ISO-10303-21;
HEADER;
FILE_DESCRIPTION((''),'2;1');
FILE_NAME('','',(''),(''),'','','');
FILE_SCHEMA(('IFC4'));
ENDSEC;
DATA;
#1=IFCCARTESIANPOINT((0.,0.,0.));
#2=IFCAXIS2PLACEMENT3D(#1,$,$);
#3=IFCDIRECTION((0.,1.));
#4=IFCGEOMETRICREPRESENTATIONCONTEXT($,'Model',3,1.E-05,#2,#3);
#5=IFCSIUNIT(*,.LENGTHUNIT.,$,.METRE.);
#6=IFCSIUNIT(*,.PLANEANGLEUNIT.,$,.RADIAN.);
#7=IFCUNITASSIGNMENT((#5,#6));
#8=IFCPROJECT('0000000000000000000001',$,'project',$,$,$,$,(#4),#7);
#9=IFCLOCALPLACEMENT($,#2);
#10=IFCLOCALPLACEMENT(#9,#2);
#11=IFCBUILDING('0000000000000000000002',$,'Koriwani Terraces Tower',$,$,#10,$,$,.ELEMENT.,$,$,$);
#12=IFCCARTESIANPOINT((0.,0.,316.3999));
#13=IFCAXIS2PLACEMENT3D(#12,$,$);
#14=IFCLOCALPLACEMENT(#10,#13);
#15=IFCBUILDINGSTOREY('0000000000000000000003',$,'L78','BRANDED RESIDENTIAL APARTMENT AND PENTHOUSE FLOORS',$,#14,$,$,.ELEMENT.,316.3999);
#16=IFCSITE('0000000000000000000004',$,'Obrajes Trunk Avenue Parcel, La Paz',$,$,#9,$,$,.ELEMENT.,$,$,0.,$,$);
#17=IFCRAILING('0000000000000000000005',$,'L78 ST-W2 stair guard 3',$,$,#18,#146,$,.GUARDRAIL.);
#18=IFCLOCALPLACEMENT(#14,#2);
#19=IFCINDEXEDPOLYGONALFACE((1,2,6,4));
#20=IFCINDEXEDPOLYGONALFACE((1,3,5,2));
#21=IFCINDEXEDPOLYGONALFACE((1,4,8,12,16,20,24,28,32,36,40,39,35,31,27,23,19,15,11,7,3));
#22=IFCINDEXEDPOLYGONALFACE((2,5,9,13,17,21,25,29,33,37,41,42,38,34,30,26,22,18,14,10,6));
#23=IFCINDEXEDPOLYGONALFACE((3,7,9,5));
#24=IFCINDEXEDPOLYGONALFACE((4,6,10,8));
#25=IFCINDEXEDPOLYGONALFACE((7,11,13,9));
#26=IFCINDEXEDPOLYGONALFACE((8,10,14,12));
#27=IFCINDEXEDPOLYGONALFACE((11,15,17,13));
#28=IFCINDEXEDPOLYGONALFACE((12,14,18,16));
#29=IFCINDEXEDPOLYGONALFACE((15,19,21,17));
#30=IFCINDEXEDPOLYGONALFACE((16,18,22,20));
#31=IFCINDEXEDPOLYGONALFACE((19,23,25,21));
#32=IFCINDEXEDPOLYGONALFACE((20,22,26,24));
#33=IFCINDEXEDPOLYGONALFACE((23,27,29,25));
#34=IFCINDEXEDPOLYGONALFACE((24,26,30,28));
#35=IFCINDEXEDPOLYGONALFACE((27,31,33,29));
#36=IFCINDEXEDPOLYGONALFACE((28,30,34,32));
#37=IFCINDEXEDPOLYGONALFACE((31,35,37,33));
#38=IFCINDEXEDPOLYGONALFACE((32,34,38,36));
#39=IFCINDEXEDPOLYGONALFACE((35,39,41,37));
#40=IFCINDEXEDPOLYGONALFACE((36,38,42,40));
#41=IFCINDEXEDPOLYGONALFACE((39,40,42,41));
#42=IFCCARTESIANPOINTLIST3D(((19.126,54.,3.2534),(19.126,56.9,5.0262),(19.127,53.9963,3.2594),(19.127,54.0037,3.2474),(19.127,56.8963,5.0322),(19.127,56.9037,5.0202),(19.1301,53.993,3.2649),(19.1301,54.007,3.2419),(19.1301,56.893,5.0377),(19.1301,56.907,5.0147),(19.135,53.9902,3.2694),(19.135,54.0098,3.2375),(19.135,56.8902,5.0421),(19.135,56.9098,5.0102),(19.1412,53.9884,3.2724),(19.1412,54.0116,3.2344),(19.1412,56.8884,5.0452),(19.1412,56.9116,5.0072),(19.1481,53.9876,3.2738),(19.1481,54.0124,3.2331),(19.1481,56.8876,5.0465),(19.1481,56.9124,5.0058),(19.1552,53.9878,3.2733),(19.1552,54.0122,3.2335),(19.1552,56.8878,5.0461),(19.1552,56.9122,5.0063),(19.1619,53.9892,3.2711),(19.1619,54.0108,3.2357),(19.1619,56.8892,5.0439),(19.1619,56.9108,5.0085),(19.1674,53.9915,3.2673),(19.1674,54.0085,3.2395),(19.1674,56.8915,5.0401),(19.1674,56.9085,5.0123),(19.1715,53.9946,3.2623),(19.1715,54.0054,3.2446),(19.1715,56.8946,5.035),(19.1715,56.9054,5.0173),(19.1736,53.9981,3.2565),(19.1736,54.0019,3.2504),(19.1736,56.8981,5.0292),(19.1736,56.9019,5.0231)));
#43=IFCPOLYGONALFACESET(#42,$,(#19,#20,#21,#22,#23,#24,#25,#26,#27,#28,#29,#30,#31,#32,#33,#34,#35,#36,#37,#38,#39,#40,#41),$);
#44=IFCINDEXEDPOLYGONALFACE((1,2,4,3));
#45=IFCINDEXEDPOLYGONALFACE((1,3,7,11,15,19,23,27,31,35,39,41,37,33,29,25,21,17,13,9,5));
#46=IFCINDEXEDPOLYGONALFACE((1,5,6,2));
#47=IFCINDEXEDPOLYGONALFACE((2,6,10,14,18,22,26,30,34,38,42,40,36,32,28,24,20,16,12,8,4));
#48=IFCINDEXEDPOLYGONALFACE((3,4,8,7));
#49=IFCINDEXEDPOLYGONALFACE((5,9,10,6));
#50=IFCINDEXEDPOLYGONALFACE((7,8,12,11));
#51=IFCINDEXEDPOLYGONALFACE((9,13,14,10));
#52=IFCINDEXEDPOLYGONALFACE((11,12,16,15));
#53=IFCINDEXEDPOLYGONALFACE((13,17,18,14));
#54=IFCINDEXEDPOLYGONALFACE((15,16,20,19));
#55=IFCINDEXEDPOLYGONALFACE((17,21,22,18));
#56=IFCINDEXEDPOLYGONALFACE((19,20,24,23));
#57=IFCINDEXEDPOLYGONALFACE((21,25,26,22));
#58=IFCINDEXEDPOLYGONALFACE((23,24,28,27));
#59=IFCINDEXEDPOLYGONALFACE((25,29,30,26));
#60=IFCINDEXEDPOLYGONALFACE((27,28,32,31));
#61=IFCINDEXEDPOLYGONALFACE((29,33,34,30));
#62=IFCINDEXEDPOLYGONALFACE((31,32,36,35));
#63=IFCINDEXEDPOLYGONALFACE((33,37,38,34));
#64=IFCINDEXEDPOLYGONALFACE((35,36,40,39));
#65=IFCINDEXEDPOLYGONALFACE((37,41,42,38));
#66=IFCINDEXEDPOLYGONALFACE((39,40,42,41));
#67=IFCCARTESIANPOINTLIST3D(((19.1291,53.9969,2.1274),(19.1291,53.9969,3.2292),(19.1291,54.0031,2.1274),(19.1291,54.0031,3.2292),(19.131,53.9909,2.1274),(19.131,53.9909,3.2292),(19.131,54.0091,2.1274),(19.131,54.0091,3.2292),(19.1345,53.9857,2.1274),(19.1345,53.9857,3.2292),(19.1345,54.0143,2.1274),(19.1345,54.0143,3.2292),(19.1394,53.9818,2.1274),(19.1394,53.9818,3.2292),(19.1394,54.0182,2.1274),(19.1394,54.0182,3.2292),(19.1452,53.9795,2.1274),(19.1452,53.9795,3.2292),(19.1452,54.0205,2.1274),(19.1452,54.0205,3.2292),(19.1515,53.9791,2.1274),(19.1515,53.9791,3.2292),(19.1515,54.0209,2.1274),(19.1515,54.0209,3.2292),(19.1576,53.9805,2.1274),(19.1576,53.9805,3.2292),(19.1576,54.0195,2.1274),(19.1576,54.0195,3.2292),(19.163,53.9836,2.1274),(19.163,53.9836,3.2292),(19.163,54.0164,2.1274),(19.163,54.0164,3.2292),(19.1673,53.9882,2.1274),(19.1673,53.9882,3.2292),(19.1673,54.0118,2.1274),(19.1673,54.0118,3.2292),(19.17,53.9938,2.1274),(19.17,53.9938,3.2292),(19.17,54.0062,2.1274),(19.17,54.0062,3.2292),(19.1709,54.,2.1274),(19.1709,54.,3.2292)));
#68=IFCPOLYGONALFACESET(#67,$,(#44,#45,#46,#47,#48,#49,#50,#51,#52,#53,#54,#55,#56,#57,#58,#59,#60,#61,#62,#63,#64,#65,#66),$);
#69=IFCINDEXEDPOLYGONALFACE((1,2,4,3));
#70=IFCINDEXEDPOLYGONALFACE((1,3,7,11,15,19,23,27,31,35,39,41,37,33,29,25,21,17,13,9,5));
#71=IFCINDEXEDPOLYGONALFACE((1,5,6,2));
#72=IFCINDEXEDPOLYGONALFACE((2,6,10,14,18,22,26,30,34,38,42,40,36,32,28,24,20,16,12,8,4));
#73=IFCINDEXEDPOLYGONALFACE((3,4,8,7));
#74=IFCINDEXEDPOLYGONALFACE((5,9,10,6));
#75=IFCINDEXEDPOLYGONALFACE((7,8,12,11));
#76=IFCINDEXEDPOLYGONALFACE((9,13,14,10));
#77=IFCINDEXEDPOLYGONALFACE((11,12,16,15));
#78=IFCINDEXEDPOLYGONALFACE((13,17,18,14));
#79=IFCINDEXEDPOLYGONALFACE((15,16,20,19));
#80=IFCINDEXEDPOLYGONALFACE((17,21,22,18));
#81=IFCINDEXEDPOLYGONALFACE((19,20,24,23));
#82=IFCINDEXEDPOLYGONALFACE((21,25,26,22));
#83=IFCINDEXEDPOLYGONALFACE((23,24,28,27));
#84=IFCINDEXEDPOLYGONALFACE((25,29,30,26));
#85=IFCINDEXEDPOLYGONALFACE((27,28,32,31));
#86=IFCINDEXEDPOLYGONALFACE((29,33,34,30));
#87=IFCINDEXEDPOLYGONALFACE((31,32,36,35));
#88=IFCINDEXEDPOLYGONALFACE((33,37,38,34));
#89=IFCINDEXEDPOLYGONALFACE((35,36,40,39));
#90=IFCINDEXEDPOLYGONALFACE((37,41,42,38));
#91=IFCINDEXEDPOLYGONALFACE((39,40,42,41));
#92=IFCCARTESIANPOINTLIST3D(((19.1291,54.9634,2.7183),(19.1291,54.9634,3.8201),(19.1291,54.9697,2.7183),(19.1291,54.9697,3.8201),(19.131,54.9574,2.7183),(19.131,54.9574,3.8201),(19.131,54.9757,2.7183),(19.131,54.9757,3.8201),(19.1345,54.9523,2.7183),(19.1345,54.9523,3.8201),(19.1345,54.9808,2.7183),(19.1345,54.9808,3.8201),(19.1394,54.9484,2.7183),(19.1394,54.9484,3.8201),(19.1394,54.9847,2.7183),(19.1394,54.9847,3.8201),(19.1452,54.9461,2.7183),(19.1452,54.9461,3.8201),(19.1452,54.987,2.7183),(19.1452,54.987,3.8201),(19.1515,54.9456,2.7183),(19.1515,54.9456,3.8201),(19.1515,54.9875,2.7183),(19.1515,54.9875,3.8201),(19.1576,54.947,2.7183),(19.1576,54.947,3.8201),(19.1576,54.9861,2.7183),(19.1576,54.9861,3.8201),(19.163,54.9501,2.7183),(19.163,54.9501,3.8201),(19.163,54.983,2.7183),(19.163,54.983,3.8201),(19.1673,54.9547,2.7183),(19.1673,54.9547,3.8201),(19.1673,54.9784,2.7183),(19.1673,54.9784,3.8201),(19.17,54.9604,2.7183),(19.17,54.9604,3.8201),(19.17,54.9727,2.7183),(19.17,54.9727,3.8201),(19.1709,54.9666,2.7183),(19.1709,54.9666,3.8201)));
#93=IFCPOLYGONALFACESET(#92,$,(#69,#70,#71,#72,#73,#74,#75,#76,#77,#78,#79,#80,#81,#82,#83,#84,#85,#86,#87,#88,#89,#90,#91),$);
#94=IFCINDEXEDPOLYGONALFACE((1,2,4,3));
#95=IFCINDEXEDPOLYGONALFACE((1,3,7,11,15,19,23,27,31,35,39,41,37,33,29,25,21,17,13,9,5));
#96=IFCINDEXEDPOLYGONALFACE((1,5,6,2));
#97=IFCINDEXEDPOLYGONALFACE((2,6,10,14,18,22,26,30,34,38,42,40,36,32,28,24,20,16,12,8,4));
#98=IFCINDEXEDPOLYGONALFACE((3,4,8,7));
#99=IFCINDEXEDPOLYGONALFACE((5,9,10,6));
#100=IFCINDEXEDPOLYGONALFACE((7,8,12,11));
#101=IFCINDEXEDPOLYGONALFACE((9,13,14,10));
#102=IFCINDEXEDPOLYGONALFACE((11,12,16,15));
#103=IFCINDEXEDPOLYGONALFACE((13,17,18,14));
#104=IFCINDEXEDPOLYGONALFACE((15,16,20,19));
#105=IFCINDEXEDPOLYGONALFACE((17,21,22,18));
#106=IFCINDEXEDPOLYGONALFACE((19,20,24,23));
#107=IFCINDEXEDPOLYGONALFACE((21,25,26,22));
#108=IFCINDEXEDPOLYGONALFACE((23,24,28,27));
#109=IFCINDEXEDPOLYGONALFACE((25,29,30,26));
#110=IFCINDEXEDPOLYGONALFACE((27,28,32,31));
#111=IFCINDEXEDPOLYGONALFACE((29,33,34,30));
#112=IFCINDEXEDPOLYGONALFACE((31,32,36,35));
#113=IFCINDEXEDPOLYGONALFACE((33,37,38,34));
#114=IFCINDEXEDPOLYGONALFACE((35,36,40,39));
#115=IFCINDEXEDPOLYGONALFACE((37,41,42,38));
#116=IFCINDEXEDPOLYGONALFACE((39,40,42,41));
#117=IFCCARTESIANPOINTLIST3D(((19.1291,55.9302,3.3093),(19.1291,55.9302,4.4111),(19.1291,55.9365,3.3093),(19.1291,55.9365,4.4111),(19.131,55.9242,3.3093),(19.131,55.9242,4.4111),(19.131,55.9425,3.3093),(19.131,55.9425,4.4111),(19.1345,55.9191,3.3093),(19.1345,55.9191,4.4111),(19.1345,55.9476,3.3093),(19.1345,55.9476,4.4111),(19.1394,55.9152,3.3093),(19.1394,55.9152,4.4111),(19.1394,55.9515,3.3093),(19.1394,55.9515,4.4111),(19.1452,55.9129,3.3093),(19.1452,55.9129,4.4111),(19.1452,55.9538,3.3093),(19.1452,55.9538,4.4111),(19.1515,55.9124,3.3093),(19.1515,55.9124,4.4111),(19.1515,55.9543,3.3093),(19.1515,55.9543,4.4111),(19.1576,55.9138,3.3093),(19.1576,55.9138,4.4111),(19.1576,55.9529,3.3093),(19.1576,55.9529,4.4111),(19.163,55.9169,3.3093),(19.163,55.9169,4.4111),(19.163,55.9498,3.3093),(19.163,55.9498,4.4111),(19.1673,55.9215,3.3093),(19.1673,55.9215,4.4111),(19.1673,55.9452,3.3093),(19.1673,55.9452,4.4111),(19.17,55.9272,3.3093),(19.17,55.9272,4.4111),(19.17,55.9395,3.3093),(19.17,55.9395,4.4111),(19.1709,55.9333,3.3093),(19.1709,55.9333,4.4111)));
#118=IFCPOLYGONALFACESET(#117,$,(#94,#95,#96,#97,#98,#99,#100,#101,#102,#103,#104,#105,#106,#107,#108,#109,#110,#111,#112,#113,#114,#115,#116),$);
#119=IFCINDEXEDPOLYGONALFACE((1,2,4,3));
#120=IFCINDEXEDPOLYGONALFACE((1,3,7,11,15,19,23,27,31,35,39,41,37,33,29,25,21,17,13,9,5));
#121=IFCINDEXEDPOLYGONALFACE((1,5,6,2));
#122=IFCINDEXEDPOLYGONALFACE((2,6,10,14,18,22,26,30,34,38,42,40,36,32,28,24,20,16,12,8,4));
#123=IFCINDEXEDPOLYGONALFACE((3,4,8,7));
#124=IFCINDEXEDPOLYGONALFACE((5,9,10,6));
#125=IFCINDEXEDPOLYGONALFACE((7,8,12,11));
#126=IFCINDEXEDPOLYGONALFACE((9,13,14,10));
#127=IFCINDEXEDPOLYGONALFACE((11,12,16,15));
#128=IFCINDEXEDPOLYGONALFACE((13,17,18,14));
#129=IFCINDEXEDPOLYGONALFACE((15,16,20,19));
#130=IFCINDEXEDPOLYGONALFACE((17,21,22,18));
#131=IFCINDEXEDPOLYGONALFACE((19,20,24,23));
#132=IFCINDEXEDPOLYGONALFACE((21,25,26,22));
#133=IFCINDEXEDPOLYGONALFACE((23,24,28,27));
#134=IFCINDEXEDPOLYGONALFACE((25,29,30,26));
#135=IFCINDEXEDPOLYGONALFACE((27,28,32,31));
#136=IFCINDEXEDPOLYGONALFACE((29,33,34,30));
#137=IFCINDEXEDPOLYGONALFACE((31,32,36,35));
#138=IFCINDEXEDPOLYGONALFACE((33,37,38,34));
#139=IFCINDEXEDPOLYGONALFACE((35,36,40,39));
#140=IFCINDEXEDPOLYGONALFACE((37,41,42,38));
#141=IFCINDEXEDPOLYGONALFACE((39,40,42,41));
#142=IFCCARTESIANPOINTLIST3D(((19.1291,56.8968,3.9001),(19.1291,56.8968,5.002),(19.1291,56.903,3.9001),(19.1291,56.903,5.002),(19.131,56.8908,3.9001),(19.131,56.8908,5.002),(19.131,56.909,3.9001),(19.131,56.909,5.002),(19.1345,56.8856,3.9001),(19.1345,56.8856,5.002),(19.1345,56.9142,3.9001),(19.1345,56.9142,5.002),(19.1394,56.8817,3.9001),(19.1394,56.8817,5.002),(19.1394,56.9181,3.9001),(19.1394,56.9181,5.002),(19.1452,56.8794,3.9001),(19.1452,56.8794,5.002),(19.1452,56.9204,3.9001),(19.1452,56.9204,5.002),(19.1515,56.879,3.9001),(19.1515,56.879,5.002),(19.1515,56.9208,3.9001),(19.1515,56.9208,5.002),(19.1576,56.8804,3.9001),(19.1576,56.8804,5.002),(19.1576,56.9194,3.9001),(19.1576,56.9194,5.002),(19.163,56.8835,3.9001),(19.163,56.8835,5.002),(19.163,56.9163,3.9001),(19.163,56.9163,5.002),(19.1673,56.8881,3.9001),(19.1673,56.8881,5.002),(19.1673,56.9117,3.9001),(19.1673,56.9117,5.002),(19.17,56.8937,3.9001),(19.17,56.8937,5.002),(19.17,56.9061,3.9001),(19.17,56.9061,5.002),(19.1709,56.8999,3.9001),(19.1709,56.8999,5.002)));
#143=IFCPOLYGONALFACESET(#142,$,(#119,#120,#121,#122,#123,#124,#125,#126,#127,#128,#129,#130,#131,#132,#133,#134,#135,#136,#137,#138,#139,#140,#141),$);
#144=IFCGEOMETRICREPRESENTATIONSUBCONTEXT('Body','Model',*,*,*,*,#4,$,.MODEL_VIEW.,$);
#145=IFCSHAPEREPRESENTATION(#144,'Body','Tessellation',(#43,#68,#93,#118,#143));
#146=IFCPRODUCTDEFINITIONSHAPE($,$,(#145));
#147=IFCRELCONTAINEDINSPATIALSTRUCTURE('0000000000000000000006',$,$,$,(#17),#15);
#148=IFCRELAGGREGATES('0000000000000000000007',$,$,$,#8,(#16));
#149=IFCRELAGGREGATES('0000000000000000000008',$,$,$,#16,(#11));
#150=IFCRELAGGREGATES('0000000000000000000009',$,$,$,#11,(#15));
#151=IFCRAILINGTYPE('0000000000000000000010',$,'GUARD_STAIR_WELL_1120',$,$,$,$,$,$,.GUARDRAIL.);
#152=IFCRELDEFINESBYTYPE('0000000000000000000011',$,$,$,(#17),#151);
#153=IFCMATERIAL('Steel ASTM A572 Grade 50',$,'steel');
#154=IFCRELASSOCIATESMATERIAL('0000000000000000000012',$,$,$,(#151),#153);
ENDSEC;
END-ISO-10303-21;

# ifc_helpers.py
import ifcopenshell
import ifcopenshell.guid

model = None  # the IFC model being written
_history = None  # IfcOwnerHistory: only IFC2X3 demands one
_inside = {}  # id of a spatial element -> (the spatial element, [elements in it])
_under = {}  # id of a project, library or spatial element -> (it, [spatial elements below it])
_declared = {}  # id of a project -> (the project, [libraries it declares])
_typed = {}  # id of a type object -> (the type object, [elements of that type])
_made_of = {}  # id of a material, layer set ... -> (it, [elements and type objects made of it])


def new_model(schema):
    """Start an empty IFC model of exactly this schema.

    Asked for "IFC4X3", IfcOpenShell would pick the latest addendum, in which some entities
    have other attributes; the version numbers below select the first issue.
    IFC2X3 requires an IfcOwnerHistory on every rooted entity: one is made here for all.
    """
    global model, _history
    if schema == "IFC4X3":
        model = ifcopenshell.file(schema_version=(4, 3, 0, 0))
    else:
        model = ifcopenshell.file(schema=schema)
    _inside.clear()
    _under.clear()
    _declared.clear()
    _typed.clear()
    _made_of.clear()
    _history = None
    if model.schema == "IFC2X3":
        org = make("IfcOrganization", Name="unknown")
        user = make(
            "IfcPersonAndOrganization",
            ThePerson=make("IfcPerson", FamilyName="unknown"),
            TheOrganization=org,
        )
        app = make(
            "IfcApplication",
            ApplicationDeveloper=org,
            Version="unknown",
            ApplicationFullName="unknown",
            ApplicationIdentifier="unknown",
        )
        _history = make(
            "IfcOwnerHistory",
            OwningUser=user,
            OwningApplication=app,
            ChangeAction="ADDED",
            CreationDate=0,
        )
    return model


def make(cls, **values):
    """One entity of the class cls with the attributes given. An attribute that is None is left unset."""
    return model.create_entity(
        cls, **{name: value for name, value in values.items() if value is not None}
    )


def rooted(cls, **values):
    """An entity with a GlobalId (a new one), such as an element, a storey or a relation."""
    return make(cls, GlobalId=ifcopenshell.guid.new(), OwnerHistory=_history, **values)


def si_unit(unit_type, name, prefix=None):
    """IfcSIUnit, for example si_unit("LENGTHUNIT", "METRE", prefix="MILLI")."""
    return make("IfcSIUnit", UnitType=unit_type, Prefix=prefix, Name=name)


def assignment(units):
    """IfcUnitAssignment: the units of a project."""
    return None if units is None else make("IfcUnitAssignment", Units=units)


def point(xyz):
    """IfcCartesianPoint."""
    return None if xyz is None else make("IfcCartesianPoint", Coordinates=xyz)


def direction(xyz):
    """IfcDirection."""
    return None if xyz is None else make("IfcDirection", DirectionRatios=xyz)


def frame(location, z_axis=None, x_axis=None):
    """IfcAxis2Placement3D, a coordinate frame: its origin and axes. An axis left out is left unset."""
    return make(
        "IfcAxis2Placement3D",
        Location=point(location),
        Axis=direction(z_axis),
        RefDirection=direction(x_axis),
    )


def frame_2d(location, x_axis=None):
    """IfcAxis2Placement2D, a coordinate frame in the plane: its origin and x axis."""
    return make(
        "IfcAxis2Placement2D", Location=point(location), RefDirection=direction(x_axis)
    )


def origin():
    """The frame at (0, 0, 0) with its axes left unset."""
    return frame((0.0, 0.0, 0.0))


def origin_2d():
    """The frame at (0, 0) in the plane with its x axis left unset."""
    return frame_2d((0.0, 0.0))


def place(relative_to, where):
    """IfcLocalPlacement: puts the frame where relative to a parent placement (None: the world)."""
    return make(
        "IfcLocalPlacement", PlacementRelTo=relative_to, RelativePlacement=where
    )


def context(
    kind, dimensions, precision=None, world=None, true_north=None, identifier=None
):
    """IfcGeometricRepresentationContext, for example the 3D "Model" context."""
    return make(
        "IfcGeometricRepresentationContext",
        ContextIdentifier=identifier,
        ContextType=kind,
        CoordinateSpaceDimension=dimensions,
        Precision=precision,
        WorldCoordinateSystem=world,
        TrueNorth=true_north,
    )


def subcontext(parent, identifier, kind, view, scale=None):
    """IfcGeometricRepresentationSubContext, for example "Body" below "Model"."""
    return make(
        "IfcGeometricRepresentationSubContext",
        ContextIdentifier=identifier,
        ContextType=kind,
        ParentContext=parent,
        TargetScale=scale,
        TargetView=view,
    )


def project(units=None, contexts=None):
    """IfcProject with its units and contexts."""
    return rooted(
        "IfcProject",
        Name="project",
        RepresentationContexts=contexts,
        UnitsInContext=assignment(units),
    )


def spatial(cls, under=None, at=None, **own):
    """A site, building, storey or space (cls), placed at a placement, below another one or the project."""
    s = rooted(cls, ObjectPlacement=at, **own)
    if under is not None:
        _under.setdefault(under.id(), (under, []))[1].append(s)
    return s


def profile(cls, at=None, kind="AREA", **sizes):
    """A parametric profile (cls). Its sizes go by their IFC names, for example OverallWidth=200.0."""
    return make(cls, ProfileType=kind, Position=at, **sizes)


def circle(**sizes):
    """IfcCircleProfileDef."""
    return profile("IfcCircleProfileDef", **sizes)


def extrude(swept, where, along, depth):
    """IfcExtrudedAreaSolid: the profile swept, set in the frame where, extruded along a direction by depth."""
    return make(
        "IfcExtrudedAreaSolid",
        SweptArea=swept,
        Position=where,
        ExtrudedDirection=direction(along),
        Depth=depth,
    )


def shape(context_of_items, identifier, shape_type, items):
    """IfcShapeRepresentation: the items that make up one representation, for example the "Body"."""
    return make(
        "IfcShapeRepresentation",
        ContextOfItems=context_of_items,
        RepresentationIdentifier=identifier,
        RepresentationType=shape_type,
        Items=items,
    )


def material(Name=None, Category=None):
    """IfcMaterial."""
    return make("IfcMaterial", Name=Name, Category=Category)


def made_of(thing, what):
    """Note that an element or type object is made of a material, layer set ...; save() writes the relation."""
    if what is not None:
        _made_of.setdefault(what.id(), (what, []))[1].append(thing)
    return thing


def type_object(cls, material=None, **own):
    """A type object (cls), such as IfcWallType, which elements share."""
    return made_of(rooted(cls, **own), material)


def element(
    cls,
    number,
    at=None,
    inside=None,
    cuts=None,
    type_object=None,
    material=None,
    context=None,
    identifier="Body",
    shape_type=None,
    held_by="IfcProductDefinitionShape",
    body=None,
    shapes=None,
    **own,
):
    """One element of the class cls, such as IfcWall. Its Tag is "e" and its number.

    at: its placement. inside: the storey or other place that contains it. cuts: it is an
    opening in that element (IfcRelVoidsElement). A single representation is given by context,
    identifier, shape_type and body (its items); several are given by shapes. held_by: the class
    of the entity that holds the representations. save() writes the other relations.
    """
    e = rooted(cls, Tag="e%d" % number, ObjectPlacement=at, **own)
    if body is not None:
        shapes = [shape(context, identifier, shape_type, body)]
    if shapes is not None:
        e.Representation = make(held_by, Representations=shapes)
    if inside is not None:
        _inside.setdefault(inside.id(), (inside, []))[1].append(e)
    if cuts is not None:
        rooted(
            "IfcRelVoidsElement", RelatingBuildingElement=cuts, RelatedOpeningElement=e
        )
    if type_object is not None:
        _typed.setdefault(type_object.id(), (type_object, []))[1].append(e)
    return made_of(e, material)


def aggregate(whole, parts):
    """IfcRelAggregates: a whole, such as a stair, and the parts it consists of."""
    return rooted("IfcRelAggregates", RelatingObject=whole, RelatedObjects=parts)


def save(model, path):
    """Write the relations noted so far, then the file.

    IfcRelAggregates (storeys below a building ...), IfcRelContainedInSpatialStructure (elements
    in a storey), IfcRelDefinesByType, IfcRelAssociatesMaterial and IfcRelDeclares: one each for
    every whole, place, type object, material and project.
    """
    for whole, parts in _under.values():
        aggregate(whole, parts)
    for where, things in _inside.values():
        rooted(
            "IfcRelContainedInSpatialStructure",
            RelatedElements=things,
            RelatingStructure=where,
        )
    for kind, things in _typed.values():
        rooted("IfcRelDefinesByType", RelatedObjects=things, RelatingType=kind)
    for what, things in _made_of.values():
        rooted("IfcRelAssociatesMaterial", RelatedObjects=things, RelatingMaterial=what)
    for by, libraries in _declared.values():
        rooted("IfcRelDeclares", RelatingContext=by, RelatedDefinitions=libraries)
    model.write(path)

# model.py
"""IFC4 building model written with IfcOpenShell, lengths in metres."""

from ifc_helpers import new_model, si_unit, direction, frame, origin, origin_2d, place, context, subcontext, project, spatial, circle, extrude, material, type_object, element, save


model = new_model("IFC4")

# Units and contexts
model_context = context("Model", 3, precision=1e-05, world=origin(), true_north=direction((0.0, 1.0)))
body_context = subcontext(model_context, "Body", "Model", "MODEL_VIEW")
ifc_project = project(units=[si_unit("LENGTHUNIT", "METRE"), si_unit("PLANEANGLEUNIT", "RADIAN")], contexts=[model_context])

# Site, building, storey
site_placement = place(None, origin())
site = spatial("IfcSite", under=ifc_project, at=site_placement, Name="Obrajes Trunk Avenue Parcel, La Paz", CompositionType="ELEMENT", RefElevation=0.0)
building_placement = place(site_placement, origin())
building = spatial("IfcBuilding", under=site, at=building_placement, Name="Koriwani Terraces Tower", CompositionType="ELEMENT")
storey_placement = place(building_placement, frame((0.0, 0.0, 316.3999)))
storey = spatial("IfcBuildingStorey", under=building, at=storey_placement, Name="L78", Description="BRANDED RESIDENTIAL APARTMENT AND PENTHOUSE FLOORS", CompositionType="ELEMENT", Elevation=316.3999)

# Shared definitions
ifc_material_1 = material(Name="Steel ASTM A572 Grade 50", Category="steel")

# Railing
railing_type_1 = type_object("IfcRailingType", Name="GUARD_STAIR_WELL_1120", PredefinedType="GUARDRAIL", material=ifc_material_1)
railing_1_placement = place(storey_placement, frame((19.1499, 54.0, 2.1274)))
element("IfcRailing", 1, at=railing_1_placement, inside=storey, type_object=railing_type_1, Name="L78 ST-W2 stair guard 3", PredefinedType="GUARDRAIL", context=body_context, shape_type="SweptSolid", body=[
    extrude(circle(Radius=0.0239, at=origin_2d()), frame((0.0, 0.0, 1.126), z_axis=(0.0, 0.853211, 0.521566), x_axis=(-1.0, 0.0, 0.0)), (0.0, 0.0, 1.0), 3.3989),
    extrude(circle(Radius=0.021, at=origin_2d()), origin(), (0.0, 0.0, 1.0), 1.1018),
    extrude(circle(Radius=0.021, at=origin_2d()), frame((0.0, 0.9666, 0.5908)), (0.0, 0.0, 1.0), 1.1018),
    extrude(circle(Radius=0.021, at=origin_2d()), frame((0.0, 1.9333, 1.1819)), (0.0, 0.0, 1.0), 1.1018),
    extrude(circle(Radius=0.021, at=origin_2d()), frame((0.0, 2.8999, 1.7727)), (0.0, 0.0, 1.0), 1.1018),
])

save(model, "model.ifc")
